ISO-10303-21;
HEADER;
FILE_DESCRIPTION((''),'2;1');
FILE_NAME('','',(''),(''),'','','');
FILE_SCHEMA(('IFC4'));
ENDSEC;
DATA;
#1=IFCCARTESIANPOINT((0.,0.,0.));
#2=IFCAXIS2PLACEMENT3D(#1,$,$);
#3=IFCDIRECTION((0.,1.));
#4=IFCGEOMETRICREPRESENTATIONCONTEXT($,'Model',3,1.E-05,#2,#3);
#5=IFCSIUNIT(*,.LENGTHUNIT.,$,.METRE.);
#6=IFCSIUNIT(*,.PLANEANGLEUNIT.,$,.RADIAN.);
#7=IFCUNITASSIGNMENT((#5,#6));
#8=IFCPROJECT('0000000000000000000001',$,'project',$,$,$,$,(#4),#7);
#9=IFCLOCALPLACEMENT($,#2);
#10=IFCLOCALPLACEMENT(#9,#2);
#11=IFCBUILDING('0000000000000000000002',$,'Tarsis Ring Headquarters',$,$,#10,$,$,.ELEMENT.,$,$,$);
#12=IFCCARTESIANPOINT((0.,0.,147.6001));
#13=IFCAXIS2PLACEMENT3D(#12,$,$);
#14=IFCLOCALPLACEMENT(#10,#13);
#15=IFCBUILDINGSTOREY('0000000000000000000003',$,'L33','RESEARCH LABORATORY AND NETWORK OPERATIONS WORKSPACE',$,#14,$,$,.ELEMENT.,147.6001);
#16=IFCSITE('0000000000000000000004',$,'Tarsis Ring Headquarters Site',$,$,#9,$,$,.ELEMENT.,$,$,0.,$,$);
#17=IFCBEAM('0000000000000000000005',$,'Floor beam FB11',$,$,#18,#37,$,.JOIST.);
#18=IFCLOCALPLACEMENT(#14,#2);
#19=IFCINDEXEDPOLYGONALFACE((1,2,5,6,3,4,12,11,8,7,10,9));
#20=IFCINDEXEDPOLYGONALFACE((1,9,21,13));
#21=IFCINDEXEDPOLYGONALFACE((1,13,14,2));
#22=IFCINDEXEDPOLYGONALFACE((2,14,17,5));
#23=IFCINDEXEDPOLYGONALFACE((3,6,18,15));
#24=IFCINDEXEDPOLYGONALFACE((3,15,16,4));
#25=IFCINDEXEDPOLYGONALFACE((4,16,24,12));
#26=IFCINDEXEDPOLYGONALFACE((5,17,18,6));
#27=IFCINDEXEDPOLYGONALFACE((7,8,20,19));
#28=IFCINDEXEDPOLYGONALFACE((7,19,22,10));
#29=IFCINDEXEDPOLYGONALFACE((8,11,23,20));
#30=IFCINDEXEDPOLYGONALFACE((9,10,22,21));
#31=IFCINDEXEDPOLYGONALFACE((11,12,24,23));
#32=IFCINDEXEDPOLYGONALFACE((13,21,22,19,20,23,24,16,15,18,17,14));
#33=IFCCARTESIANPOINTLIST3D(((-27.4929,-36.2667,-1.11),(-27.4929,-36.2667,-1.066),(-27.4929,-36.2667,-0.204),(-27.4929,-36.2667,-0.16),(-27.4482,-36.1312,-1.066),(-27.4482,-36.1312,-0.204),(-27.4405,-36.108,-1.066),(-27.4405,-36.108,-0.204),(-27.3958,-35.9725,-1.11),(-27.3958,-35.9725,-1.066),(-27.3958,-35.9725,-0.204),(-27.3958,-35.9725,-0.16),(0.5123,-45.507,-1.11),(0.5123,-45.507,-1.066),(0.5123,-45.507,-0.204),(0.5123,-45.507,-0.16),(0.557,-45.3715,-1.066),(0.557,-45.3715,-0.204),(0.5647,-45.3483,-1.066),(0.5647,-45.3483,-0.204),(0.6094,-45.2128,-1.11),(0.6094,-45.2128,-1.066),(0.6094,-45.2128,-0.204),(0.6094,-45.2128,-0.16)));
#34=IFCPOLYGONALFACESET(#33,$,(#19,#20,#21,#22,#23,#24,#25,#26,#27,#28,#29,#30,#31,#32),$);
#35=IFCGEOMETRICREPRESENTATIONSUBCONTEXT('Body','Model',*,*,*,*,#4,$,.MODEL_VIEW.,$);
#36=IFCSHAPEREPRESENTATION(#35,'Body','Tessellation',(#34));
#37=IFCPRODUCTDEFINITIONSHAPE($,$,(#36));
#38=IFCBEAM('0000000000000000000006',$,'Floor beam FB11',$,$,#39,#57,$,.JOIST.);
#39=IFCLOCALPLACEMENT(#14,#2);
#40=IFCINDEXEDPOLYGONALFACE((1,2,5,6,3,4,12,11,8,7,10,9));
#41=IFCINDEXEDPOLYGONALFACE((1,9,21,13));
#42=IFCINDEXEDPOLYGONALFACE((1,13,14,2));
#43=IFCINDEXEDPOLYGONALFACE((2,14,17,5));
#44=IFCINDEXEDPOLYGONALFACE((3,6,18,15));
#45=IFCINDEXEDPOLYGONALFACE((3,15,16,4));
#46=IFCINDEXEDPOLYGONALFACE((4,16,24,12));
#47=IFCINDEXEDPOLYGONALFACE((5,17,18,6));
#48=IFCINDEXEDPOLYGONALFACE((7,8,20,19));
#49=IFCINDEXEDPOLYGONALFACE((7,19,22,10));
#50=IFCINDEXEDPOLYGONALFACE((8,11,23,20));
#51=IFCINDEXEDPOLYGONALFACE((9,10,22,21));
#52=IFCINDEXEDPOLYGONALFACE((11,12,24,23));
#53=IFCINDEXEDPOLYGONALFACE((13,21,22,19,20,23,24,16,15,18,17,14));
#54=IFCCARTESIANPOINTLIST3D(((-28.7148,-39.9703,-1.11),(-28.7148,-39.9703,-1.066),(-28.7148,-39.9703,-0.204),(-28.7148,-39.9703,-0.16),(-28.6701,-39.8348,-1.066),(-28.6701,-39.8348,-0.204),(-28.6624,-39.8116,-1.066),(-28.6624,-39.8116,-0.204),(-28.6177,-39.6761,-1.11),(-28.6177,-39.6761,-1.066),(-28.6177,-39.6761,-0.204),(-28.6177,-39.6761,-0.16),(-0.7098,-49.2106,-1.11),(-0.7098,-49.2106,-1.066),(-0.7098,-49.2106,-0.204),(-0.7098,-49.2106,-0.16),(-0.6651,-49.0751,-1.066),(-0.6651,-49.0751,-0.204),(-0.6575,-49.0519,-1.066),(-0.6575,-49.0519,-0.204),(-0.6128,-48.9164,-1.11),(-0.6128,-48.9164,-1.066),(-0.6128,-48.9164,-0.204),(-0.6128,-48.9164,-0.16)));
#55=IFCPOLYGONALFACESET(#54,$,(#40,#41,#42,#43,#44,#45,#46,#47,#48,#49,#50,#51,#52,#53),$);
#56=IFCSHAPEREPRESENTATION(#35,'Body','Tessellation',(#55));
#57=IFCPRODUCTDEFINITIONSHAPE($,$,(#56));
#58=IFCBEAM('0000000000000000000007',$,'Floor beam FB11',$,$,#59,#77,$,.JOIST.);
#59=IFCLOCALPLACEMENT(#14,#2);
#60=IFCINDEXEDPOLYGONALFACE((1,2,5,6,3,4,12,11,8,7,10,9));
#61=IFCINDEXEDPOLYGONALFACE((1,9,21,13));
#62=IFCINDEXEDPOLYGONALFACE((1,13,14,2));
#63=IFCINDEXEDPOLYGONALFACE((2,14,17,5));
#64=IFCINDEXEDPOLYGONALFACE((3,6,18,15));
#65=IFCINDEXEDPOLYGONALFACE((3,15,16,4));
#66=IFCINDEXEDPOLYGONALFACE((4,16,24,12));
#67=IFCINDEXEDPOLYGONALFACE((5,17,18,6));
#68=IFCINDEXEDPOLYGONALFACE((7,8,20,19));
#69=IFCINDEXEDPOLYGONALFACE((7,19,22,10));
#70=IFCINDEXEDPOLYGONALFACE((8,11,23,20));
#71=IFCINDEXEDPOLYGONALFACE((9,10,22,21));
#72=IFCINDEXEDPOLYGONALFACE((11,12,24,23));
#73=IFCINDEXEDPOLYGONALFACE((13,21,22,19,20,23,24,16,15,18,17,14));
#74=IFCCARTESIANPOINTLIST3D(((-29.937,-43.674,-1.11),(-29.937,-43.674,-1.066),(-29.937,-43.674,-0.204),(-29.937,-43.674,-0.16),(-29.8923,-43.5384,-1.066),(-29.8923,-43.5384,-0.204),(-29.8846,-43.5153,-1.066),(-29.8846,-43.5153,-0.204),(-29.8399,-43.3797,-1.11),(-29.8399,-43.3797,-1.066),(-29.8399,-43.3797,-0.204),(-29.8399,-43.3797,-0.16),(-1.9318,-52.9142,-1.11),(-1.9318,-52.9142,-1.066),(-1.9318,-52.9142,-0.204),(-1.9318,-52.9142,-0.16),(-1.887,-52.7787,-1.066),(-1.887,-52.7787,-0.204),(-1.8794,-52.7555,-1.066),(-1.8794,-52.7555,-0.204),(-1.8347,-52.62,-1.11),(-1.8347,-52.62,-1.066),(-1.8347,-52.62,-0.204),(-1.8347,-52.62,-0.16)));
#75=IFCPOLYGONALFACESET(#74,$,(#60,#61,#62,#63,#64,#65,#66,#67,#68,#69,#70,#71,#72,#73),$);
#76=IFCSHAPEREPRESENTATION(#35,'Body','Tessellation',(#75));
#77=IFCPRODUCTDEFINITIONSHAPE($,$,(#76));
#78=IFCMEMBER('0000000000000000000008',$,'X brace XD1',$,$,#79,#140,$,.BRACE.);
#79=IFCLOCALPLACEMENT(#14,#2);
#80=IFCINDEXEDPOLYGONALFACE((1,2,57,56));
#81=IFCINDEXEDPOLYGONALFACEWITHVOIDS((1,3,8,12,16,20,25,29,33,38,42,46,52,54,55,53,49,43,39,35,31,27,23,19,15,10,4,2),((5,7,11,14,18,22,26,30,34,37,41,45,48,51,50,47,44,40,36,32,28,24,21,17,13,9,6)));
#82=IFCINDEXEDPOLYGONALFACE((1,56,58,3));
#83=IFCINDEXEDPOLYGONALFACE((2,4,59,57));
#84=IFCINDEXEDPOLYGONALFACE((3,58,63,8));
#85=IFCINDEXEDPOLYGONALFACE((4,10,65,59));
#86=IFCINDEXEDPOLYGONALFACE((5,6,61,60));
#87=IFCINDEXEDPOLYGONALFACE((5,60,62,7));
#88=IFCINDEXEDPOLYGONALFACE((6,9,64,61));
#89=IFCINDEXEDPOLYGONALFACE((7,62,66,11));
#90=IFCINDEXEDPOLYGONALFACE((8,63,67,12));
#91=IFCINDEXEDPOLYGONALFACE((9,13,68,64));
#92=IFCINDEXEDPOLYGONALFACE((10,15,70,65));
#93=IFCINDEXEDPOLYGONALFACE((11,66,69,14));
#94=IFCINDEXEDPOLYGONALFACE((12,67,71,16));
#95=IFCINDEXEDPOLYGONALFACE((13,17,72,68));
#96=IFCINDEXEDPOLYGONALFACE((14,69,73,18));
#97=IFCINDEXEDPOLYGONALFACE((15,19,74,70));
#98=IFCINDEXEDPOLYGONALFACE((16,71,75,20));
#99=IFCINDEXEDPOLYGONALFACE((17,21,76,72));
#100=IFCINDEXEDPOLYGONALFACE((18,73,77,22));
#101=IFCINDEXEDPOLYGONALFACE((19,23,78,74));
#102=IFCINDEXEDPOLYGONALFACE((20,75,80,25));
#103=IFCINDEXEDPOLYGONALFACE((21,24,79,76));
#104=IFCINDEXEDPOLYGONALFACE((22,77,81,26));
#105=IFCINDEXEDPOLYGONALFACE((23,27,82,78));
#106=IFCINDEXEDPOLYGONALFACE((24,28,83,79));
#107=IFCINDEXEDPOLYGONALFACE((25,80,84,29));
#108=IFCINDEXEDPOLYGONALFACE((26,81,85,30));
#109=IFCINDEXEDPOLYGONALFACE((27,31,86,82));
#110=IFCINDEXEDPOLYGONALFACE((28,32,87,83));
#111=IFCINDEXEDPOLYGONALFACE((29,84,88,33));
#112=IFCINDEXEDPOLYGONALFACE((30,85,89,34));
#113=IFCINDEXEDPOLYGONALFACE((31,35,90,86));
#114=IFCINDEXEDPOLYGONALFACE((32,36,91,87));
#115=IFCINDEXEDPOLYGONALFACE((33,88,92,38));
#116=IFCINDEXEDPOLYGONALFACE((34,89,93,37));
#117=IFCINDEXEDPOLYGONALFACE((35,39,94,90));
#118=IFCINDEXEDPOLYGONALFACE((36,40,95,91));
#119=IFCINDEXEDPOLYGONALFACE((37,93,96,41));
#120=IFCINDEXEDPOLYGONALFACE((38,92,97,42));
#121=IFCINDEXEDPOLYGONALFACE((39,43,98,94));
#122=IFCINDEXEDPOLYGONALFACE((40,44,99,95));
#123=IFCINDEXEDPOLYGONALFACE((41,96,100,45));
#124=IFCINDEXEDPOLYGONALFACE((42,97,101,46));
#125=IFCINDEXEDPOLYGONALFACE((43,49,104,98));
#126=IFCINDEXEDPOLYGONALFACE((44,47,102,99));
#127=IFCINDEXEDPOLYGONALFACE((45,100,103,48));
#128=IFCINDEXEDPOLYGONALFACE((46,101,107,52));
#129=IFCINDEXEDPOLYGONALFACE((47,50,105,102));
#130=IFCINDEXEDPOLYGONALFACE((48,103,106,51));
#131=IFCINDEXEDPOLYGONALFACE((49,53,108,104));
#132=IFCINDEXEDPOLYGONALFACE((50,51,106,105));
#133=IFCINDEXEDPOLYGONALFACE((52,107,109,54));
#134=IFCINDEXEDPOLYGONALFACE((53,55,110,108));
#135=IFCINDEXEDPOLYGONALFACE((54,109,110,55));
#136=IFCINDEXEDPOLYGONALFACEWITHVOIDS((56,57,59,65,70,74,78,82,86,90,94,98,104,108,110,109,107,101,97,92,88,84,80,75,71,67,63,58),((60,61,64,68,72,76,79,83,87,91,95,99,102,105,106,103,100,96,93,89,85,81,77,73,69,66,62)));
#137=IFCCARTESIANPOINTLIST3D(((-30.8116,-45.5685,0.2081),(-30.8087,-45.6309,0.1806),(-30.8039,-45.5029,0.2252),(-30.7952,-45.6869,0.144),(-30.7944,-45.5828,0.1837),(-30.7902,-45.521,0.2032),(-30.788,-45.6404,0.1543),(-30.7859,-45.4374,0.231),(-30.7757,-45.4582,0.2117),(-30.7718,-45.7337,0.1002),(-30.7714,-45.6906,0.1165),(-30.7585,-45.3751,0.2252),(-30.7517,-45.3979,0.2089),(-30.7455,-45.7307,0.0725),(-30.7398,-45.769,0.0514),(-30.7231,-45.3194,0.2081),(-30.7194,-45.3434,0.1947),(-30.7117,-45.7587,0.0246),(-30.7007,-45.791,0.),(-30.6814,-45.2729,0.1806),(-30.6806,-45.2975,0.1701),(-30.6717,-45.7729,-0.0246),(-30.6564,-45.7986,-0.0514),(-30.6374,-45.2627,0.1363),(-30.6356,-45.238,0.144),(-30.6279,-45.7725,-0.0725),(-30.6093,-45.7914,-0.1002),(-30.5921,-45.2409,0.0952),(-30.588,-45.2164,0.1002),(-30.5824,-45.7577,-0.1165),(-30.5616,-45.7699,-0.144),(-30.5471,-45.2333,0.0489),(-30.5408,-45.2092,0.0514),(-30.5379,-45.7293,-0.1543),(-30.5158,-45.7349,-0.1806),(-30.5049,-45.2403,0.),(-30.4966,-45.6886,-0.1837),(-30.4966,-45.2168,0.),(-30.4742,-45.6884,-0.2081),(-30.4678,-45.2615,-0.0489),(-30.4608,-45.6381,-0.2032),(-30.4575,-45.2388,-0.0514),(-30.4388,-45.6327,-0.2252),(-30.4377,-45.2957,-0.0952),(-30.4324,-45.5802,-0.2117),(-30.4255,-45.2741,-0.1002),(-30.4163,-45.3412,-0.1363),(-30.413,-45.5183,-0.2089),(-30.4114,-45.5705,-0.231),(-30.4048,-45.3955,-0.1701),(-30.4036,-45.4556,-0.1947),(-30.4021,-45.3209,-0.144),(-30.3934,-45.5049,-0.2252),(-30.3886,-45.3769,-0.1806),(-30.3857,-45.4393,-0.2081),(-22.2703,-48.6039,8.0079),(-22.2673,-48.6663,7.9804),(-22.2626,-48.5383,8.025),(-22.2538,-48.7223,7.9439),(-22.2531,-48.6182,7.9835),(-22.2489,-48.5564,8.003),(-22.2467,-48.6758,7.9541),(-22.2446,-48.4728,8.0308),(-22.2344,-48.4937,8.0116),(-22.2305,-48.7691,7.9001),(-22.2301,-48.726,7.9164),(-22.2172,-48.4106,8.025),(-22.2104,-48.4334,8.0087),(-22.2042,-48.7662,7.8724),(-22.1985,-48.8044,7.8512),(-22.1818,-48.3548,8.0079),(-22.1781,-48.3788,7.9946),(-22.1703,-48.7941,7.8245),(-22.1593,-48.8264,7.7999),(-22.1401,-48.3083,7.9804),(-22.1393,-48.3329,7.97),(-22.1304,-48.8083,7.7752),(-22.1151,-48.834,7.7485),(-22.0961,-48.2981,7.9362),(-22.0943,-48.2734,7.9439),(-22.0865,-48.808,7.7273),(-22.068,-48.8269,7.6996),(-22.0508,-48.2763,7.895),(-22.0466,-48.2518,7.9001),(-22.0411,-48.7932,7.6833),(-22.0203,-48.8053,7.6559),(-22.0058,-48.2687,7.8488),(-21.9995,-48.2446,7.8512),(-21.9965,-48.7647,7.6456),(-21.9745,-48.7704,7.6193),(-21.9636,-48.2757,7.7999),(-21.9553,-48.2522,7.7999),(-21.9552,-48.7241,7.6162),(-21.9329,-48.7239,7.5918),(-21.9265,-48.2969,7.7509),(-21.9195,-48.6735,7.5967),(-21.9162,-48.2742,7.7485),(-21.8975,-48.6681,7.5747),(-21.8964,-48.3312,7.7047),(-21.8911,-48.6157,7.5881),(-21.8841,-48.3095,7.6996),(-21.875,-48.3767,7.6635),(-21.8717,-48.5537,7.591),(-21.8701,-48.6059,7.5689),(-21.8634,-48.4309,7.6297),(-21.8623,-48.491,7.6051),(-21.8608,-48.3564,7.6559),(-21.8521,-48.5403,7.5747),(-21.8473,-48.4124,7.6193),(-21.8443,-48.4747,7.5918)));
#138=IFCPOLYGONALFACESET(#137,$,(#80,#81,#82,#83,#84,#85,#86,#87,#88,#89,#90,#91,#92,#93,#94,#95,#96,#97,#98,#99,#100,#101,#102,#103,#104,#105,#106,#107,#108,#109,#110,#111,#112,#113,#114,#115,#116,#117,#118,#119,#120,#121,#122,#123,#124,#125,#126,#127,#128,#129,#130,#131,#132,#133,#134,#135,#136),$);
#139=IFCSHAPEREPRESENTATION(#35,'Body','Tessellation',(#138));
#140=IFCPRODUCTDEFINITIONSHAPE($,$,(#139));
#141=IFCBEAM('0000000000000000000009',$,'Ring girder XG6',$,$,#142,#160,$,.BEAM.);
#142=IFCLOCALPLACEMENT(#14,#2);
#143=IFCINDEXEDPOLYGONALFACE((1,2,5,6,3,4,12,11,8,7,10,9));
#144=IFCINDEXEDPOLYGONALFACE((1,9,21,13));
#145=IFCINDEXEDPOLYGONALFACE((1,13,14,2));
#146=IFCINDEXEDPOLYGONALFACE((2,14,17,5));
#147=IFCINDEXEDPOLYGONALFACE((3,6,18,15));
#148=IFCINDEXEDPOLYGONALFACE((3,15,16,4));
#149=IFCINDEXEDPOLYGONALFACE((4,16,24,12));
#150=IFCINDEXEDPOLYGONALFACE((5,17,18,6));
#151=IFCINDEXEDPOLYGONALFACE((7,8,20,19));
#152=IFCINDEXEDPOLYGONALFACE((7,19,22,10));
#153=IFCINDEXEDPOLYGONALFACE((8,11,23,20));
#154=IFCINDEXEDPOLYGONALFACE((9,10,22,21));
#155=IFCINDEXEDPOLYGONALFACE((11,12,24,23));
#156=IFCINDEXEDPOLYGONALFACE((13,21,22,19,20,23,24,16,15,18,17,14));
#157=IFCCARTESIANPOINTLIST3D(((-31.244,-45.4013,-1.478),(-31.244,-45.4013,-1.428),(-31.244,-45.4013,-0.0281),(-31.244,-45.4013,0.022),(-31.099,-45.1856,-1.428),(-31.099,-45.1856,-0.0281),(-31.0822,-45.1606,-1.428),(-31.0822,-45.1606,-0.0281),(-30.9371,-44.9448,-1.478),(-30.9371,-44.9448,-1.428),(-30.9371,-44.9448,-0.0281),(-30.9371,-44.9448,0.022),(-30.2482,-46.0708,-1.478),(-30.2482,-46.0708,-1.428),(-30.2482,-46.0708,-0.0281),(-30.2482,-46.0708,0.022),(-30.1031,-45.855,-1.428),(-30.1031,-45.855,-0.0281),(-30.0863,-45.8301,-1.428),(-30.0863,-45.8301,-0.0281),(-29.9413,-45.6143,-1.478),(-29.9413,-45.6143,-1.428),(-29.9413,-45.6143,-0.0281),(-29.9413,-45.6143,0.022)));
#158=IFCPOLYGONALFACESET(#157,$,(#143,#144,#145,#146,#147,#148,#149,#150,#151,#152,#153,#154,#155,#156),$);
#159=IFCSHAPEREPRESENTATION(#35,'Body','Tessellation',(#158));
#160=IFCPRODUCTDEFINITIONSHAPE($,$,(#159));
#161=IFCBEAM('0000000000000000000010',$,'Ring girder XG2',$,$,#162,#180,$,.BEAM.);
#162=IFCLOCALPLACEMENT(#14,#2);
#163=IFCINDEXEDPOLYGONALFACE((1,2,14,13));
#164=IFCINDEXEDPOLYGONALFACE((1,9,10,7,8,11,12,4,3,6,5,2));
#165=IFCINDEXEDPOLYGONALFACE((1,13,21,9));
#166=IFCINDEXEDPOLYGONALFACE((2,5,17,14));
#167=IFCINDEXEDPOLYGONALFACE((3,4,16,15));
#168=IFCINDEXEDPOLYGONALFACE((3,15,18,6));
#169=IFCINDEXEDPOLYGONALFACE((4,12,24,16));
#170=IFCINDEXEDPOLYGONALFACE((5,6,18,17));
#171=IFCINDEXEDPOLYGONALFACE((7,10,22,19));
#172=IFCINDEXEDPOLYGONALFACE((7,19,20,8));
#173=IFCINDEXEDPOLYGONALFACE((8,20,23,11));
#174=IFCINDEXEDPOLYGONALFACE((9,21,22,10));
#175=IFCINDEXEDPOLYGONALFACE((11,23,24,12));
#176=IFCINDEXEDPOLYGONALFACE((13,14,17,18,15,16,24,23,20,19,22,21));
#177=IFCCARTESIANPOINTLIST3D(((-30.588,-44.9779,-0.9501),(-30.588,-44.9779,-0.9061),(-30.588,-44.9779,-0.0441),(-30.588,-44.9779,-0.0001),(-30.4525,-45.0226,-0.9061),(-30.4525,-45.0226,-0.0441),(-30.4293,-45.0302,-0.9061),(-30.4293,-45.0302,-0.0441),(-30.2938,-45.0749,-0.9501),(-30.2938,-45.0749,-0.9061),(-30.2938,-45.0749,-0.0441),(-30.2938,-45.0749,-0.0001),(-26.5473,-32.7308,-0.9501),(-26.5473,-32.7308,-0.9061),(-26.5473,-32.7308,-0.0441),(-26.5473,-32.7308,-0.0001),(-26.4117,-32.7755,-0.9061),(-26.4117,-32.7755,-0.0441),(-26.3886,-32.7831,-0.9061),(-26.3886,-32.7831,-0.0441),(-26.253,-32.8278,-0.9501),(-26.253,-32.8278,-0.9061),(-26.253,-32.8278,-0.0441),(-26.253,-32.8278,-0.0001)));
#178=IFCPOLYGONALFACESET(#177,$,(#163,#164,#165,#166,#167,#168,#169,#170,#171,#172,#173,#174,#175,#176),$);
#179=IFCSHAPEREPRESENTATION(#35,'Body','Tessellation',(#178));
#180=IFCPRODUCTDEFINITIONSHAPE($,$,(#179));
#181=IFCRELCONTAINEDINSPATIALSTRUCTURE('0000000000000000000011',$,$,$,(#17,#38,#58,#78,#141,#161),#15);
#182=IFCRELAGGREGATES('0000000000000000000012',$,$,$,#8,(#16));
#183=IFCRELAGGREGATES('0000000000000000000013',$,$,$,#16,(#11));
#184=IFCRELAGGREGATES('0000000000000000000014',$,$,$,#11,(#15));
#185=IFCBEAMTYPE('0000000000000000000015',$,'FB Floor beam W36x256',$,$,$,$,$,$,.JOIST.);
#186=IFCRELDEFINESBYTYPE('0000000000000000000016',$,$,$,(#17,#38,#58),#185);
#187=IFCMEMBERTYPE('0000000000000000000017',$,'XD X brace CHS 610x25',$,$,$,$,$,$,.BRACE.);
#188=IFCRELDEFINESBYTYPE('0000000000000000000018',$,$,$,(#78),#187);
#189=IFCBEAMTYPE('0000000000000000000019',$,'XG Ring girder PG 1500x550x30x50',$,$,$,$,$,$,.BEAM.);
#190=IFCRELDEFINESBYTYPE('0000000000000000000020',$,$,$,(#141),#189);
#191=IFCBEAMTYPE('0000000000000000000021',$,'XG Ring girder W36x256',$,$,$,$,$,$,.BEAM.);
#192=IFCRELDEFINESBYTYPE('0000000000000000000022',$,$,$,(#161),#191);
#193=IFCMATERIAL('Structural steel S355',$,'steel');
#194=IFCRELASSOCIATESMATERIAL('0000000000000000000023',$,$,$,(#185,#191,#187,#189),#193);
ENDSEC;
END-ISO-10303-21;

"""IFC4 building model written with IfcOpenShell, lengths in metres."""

from ifc_helpers import new_model, si_unit, direction, frame, origin, origin_2d, place, context, subcontext, project, spatial, hollow_circle, i_section, extrude, material, material_profile, profile_set, type_object, element, save


model = new_model("IFC4")

# Units and contexts
model_context = context("Model", 3, precision=1e-05, world=origin(), true_north=direction((0.0, 1.0)))
body_context = subcontext(model_context, "Body", "Model", "MODEL_VIEW")
ifc_project = project(units=[si_unit("LENGTHUNIT", "METRE"), si_unit("PLANEANGLEUNIT", "RADIAN")], contexts=[model_context])

# Site, building, storey
site_placement = place(None, origin())
site = spatial("IfcSite", under=ifc_project, at=site_placement, Name="Tarsis Ring Headquarters Site", CompositionType="ELEMENT", RefElevation=0.0)
building_placement = place(site_placement, origin())
building = spatial("IfcBuilding", under=site, at=building_placement, Name="Tarsis Ring Headquarters", CompositionType="ELEMENT")
storey_placement = place(building_placement, frame((0.0, 0.0, 147.6001)))
storey = spatial("IfcBuildingStorey", under=building, at=storey_placement, Name="L33", Description="RESEARCH LABORATORY AND NETWORK OPERATIONS WORKSPACE", CompositionType="ELEMENT", Elevation=147.6001)

# Shared definitions
ifc_material_1 = material(Name="Structural steel S355", Category="steel")

# Beams
ifc_material_profile_1 = material_profile(ifc_material_1, i_section(OverallWidth=0.3098, OverallDepth=0.95, WebThickness=0.0244, FlangeThickness=0.0439, at=origin_2d()), Name="W36x256")
ifc_profile_set_1 = profile_set([ifc_material_profile_1], Name="Structural steel S355")
beam_type_1 = type_object("IfcBeamType", Name="FB Floor beam W36x256", PredefinedType="JOIST", material=ifc_profile_set_1)
for number, where, z_axis, x_axis, name in (
    (1, (-27.4443, -36.1196, -0.635), (0.949643, -0.313333, 0.0), (0.313333, 0.949643, 0.0), "Floor beam FB11"),
):
    element("IfcBeam", number, at=place(storey_placement, frame(where, z_axis=z_axis, x_axis=x_axis)), inside=storey, type_object=beam_type_1, Name=name, PredefinedType="JOIST", context=body_context, shape_type="SweptSolid", body=[
        extrude(i_section(OverallWidth=0.3098, OverallDepth=0.95, WebThickness=0.0244, FlangeThickness=0.0439, at=origin_2d()), origin(), (0.0, 0.0, 1.0), 29.4902),
    ])
beam_1_placement = place(storey_placement, frame((-28.6663, -39.8232, -0.635), z_axis=(0.949643, -0.313335, 0.0), x_axis=(0.313335, 0.949643, 0.0)))
element("IfcBeam", 2, at=beam_1_placement, inside=storey, type_object=beam_type_1, Name="Floor beam FB11", PredefinedType="JOIST", context=body_context, shape_type="SweptSolid", body=[
    extrude(i_section(OverallWidth=0.3098, OverallDepth=0.95, WebThickness=0.0244, FlangeThickness=0.0439, at=origin_2d()), origin(), (0.0, 0.0, 1.0), 29.49),
])
beam_2_placement = place(storey_placement, frame((-29.8884, -43.5269, -0.635), z_axis=(0.949643, -0.313333, 0.0), x_axis=(0.313333, 0.949643, 0.0)))
element("IfcBeam", 3, at=beam_2_placement, inside=storey, type_object=beam_type_1, Name="Floor beam FB11", PredefinedType="JOIST", context=body_context, shape_type="SweptSolid", body=[
    extrude(i_section(OverallWidth=0.3098, OverallDepth=0.95, WebThickness=0.0244, FlangeThickness=0.0439, at=origin_2d()), origin(), (0.0, 0.0, 1.0), 29.4902),
])

# Member
ifc_material_profile_2 = material_profile(ifc_material_1, hollow_circle(Radius=0.3047, WallThickness=0.0249, at=origin_2d()), Name="CHS 610x25")
ifc_profile_set_2 = profile_set([ifc_material_profile_2], Name="Structural steel S355")
member_type = type_object("IfcMemberType", Name="XD X brace CHS 610x25", PredefinedType="BRACE", material=ifc_profile_set_2)
member_placement = place(storey_placement, frame((-30.5986, -45.5039, 0.0), z_axis=(0.714247, -0.25383, 0.652244), x_axis=(0.334864, 0.942267, 0.0)))
element("IfcMember", 4, at=member_placement, inside=storey, type_object=member_type, Name="X brace XD1", PredefinedType="BRACE", context=body_context, shape_type="SweptSolid", body=[
    extrude(hollow_circle(Radius=0.3047, WallThickness=0.0249, at=origin_2d()), origin(), (0.0, 0.0, 1.0), 11.9585),
])

# Beams
ifc_material_profile_3 = material_profile(ifc_material_1, i_section(OverallWidth=0.55, OverallDepth=1.5, WebThickness=0.03, FlangeThickness=0.05, at=origin_2d()), Name="PG 1500x550x30x50")
ifc_profile_set_3 = profile_set([ifc_material_profile_3], Name="Structural steel S355")
beam_type_2 = type_object("IfcBeamType", Name="XG Ring girder PG 1500x550x30x50", PredefinedType="BEAM", material=ifc_profile_set_3)
beam_3_placement = place(storey_placement, frame((-31.0906, -45.1731, -0.728), z_axis=(0.829916, -0.557889, 0.0), x_axis=(0.557889, 0.829916, 0.0)))
element("IfcBeam", 5, at=beam_3_placement, inside=storey, type_object=beam_type_2, Name="Ring girder XG6", PredefinedType="BEAM", context=body_context, shape_type="SweptSolid", body=[
    extrude(i_section(OverallWidth=0.55, OverallDepth=1.5, WebThickness=0.03, FlangeThickness=0.05, at=origin_2d()), origin(), (0.0, 0.0, 1.0), 1.2),
])
beam_type_3 = type_object("IfcBeamType", Name="XG Ring girder W36x256", PredefinedType="BEAM", material=ifc_profile_set_1)
beam_4_placement = place(storey_placement, frame((-26.4001, -32.7793, -0.4751), z_axis=(-0.313324, -0.949646, 0.0), x_axis=(0.949646, -0.313324, 0.0)))
element("IfcBeam", 6, at=beam_4_placement, inside=storey, type_object=beam_type_3, Name="Ring girder XG2", PredefinedType="BEAM", context=body_context, shape_type="SweptSolid", body=[
    extrude(i_section(OverallWidth=0.3098, OverallDepth=0.95, WebThickness=0.0244, FlangeThickness=0.0439, at=origin_2d()), origin(), (0.0, 0.0, 1.0), 12.8965),
])

save(model, "model.ifc")
